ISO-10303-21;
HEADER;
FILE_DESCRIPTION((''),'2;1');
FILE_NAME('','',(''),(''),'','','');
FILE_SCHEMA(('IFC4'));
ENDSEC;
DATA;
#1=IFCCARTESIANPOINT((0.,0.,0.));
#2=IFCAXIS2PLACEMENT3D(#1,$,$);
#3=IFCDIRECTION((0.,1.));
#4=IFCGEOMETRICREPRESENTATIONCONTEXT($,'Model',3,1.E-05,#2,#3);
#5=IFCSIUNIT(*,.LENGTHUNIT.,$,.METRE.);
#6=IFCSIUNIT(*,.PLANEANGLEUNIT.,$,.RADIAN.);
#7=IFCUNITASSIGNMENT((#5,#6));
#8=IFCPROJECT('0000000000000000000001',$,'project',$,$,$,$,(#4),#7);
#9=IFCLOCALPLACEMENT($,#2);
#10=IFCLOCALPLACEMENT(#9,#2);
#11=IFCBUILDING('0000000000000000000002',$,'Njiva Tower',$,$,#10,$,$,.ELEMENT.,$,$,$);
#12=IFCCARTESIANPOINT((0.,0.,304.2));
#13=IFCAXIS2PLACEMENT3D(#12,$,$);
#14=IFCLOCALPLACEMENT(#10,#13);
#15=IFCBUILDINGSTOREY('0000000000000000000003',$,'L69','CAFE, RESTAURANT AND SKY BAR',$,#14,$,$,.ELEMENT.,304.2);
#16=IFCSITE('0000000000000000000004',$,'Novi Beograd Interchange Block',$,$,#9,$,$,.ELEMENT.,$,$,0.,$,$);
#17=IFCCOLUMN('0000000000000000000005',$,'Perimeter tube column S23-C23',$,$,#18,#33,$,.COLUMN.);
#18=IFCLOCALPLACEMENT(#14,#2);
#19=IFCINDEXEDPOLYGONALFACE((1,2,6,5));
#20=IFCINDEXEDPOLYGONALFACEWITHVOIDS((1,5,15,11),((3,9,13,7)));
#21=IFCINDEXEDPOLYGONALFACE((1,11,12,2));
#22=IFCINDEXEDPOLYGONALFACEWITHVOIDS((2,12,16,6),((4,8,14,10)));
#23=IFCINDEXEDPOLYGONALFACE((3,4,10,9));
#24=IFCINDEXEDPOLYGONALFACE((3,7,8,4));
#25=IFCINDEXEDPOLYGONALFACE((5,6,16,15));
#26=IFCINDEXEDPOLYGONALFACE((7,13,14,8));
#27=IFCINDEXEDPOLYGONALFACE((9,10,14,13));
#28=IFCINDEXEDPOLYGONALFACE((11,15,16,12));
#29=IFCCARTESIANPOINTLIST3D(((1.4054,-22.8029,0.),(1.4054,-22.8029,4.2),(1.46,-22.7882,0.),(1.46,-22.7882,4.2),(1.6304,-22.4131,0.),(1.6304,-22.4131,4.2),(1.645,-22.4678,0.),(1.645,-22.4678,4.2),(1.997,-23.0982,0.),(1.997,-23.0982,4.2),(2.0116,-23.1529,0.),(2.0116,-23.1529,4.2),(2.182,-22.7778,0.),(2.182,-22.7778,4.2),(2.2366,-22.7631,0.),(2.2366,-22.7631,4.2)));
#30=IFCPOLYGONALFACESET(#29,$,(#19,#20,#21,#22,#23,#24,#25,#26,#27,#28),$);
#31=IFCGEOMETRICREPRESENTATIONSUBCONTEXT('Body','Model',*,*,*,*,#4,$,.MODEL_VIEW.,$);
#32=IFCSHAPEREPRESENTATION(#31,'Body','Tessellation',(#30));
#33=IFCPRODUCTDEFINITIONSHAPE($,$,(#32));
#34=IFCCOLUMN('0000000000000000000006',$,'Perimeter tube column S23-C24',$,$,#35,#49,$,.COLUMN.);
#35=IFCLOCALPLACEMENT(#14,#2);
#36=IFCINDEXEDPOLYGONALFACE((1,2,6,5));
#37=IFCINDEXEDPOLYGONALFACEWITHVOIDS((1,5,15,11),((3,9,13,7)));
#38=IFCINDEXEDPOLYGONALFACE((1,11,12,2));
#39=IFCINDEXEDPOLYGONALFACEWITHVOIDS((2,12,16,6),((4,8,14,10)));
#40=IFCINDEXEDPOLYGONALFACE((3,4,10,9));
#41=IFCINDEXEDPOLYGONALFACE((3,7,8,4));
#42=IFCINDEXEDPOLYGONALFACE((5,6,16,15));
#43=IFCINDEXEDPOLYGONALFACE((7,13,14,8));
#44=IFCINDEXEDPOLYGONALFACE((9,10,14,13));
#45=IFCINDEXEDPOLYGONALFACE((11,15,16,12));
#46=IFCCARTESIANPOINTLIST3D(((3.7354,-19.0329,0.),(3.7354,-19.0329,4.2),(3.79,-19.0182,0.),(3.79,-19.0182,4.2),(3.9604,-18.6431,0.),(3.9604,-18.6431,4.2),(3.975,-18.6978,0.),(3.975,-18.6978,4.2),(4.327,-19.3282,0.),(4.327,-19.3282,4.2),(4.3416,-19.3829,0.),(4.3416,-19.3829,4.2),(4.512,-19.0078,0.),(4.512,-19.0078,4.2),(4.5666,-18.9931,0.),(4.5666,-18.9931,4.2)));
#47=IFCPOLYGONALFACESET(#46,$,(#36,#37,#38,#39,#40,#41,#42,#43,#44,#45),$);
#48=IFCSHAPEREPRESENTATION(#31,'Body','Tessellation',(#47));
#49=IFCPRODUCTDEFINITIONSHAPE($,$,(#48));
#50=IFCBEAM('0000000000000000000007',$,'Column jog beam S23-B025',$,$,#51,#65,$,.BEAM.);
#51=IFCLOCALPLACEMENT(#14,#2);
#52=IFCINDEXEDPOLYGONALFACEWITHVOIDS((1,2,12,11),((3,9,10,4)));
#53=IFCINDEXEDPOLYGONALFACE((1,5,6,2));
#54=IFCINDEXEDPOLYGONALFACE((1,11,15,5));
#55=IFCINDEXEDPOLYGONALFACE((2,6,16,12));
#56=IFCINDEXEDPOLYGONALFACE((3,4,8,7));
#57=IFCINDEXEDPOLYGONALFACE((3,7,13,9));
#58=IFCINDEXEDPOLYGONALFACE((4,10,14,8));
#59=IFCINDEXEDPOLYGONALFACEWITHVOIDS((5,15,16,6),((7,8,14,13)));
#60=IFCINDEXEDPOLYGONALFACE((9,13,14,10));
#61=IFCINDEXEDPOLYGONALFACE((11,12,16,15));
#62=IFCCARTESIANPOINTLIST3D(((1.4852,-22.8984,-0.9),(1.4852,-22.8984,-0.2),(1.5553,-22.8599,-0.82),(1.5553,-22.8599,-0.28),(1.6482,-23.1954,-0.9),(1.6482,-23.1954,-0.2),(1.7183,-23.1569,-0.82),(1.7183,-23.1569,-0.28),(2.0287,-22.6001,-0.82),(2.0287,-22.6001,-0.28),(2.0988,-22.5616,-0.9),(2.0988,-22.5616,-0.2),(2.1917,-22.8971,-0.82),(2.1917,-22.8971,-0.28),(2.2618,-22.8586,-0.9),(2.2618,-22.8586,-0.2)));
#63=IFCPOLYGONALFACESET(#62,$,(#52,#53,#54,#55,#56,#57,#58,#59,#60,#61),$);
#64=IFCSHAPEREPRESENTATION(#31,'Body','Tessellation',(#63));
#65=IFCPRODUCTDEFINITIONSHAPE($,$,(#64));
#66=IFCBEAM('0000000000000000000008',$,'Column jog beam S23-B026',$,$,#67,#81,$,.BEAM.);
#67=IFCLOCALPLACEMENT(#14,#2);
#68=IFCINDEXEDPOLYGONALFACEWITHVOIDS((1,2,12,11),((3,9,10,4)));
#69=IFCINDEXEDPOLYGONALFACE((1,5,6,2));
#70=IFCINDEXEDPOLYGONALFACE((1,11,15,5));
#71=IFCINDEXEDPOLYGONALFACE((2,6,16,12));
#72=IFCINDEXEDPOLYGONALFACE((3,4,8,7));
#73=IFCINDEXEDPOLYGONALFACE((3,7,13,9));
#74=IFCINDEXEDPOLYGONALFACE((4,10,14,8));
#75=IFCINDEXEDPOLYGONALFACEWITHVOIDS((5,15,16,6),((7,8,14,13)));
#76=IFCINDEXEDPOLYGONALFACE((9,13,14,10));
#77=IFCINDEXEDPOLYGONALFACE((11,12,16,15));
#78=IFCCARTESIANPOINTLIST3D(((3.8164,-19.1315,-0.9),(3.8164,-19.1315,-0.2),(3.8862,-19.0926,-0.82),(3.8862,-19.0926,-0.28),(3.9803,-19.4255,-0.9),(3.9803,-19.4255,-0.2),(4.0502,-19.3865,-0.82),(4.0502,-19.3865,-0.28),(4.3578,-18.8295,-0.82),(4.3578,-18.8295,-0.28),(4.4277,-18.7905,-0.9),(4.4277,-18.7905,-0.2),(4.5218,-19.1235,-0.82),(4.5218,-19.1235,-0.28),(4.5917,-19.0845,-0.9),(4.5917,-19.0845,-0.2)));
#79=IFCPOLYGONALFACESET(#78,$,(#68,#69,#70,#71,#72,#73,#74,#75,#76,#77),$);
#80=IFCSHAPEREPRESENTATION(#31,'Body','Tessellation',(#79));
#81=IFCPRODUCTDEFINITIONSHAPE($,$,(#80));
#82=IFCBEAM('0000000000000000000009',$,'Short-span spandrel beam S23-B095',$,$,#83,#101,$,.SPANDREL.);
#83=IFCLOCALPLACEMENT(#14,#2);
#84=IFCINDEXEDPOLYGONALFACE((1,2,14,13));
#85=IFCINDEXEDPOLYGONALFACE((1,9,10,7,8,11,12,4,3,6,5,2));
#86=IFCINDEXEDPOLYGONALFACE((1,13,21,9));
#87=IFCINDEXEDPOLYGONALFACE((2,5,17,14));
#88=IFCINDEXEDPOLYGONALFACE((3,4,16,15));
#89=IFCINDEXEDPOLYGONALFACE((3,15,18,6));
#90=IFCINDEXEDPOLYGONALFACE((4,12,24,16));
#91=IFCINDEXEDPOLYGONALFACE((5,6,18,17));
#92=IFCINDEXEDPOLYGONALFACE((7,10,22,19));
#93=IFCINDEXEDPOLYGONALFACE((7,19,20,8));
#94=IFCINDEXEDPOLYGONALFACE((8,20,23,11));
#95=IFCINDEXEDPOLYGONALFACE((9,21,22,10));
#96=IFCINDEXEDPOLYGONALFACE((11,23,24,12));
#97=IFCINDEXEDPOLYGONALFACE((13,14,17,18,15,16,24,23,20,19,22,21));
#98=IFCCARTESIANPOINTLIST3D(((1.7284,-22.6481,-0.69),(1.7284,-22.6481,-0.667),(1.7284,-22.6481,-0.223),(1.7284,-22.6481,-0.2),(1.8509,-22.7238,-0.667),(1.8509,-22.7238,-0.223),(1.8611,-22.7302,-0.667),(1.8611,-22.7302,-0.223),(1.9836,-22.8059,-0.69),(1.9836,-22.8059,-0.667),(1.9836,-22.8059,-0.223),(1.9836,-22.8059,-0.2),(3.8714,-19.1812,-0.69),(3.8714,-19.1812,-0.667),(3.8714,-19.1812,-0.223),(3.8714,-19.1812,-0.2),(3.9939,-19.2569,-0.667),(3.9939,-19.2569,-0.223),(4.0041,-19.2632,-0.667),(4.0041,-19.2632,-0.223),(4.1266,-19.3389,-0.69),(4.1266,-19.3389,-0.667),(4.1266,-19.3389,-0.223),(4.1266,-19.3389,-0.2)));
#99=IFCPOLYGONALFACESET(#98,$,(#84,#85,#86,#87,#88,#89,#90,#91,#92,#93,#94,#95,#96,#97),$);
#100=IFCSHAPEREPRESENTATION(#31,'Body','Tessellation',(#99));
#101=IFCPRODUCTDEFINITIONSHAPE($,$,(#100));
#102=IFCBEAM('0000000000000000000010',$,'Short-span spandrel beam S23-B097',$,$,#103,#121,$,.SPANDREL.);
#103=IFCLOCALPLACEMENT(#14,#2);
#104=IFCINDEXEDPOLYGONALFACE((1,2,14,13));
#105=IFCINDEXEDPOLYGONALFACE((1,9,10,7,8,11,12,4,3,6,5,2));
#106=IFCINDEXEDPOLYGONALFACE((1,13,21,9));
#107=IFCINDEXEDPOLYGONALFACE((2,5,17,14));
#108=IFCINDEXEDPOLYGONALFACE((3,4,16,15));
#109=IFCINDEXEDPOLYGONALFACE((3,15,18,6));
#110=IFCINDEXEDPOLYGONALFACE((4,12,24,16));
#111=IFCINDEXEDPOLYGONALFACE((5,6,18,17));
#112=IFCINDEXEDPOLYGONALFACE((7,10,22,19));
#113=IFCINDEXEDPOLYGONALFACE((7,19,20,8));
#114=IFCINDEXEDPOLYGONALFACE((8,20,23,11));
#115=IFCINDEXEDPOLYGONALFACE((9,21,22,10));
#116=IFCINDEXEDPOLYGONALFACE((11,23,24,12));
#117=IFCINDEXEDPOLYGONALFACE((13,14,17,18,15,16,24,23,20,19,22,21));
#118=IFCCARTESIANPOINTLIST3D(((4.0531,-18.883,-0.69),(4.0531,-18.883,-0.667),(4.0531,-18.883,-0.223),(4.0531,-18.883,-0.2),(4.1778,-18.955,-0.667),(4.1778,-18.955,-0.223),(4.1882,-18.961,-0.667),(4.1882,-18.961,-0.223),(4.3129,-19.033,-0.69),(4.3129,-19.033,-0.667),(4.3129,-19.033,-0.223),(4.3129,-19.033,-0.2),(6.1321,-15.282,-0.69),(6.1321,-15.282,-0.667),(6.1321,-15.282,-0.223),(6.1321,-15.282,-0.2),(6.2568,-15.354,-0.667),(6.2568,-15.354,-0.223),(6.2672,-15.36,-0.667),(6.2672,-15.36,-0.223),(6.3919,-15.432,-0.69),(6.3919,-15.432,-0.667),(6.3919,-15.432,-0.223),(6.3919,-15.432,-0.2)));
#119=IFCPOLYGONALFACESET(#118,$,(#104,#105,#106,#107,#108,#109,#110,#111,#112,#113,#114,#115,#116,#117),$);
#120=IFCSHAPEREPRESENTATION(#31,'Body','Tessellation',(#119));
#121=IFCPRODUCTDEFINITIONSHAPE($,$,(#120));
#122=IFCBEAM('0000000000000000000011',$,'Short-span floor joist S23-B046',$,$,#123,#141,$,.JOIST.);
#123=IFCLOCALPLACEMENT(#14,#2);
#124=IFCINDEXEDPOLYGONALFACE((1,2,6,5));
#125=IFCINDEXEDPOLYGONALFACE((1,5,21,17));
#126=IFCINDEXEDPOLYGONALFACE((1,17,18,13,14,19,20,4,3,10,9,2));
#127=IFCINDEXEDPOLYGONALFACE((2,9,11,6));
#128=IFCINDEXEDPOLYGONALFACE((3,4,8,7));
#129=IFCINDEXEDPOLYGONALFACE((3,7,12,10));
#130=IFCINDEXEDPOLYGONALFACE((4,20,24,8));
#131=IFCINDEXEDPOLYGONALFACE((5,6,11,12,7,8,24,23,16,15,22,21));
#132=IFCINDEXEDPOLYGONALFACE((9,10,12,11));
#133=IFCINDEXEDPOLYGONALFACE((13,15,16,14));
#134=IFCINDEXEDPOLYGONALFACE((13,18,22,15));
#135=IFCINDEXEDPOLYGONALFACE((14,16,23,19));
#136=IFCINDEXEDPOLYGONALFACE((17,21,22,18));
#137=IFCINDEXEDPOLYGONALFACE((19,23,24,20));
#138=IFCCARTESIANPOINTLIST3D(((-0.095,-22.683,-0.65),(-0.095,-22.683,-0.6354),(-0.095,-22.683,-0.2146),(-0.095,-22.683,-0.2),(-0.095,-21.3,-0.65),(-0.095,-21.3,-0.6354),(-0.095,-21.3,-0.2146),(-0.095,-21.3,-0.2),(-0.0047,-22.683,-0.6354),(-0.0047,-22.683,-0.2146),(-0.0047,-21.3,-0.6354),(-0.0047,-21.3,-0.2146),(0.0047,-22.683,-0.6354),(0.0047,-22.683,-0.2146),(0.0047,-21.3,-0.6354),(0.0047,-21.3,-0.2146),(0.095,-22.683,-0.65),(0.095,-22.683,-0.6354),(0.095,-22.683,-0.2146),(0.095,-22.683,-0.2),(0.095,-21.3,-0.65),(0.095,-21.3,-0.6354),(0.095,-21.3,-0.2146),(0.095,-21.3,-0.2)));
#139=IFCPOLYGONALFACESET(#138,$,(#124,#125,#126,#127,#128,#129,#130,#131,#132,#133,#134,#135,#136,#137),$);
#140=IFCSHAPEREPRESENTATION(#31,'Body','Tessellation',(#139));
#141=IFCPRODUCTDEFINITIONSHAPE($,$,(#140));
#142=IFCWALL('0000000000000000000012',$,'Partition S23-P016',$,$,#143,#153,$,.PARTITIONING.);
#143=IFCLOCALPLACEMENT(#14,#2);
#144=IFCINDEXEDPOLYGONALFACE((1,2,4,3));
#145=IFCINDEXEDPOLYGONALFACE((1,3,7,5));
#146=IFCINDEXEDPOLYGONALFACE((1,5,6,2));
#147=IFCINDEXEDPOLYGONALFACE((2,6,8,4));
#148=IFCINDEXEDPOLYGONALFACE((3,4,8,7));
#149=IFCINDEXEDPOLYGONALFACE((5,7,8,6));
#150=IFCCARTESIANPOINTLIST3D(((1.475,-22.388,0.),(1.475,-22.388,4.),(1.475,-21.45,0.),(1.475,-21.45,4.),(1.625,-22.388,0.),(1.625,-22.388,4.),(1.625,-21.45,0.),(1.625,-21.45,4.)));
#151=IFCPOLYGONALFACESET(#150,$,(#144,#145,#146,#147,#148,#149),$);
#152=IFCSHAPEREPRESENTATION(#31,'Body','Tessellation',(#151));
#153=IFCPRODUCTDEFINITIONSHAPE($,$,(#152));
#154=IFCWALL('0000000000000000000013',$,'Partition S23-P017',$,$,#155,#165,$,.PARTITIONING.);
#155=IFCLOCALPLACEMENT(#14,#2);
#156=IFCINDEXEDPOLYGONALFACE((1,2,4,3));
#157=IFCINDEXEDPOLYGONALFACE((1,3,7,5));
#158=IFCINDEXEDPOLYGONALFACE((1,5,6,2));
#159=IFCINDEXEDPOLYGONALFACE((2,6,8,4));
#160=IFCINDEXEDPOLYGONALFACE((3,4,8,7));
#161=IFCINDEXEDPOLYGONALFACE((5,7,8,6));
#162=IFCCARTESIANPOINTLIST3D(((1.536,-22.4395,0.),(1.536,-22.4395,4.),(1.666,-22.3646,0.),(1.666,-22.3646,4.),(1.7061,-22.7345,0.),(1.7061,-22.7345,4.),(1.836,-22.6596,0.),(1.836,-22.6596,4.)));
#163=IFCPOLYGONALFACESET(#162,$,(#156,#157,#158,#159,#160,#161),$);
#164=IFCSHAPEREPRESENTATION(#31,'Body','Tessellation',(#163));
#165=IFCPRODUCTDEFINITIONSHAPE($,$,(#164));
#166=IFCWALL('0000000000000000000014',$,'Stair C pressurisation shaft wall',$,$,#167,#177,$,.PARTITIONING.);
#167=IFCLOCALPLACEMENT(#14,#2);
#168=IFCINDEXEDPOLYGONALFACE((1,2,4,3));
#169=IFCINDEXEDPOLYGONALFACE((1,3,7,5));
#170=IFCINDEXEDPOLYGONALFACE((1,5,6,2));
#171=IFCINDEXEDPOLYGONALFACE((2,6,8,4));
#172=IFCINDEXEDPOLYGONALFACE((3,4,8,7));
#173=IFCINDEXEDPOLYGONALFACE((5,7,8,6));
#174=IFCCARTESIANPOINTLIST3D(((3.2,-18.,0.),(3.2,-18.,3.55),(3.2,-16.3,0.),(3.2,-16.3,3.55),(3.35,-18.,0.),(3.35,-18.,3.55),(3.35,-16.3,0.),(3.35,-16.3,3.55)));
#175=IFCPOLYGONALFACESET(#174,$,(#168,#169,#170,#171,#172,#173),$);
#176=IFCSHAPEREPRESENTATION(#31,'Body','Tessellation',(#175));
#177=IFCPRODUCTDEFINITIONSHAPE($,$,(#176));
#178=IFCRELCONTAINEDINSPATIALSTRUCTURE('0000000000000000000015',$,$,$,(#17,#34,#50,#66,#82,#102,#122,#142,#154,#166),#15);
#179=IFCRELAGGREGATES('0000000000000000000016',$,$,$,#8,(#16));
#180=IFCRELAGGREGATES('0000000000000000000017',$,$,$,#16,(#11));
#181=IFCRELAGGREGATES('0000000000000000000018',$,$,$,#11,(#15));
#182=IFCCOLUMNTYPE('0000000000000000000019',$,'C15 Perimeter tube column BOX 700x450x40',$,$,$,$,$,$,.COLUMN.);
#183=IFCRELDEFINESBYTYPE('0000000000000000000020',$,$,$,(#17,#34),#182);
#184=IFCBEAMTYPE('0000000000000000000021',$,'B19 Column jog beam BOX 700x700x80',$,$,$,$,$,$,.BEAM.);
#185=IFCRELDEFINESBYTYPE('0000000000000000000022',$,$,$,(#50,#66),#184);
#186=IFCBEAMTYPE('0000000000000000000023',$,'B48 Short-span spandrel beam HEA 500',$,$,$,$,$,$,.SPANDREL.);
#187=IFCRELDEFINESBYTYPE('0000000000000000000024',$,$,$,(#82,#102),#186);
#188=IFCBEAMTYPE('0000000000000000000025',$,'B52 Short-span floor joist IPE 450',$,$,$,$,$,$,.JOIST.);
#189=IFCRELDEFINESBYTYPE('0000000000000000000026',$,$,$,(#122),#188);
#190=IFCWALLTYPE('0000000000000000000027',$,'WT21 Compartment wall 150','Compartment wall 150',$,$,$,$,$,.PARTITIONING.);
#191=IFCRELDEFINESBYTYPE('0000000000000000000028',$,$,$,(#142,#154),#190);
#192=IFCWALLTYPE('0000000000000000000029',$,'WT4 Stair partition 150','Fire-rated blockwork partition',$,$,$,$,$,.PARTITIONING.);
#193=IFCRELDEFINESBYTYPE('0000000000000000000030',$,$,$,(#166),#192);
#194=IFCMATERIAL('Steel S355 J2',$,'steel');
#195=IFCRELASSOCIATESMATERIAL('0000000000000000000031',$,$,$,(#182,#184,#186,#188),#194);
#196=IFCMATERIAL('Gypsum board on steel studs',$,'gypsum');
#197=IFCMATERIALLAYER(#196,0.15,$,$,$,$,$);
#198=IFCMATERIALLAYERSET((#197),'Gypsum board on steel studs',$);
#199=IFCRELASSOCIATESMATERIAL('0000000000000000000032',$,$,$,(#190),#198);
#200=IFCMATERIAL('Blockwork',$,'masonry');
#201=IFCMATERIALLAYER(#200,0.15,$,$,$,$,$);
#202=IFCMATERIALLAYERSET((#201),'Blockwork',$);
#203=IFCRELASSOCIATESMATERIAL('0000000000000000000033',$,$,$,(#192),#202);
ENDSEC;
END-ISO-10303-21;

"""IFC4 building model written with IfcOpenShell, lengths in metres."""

from ifc_helpers import new_model, si_unit, direction, frame, frame_2d, origin, origin_2d, place, context, subcontext, project, spatial, rectangle, hollow_rectangle, i_section, extrude, material, layer, layer_set, material_profile, profile_set, type_object, element, save


model = new_model("IFC4")

# Units and contexts
model_context = context("Model", 3, precision=1e-05, world=origin(), true_north=direction((0.0, 1.0)))
body_context = subcontext(model_context, "Body", "Model", "MODEL_VIEW")
ifc_project = project(units=[si_unit("LENGTHUNIT", "METRE"), si_unit("PLANEANGLEUNIT", "RADIAN")], contexts=[model_context])

# Site, building, storey
site_placement = place(None, origin())
site = spatial("IfcSite", under=ifc_project, at=site_placement, Name="Novi Beograd Interchange Block", CompositionType="ELEMENT", RefElevation=0.0)
building_placement = place(site_placement, origin())
building = spatial("IfcBuilding", under=site, at=building_placement, Name="Njiva Tower", CompositionType="ELEMENT")
storey_placement = place(building_placement, frame((0.0, 0.0, 304.2)))
storey = spatial("IfcBuildingStorey", under=building, at=storey_placement, Name="L69", Description="CAFE, RESTAURANT AND SKY BAR", CompositionType="ELEMENT", Elevation=304.2)

# Columns
ifc_material_1 = material(Name="Steel S355 J2", Category="steel")
ifc_material_profile_1 = material_profile(ifc_material_1, hollow_rectangle(XDim=0.45, YDim=0.7, WallThickness=0.04, at=origin_2d()), Name="BOX 700x450x40")
ifc_profile_set_1 = profile_set([ifc_material_profile_1], Name="Steel S355 J2")
column_type = type_object("IfcColumnType", Name="C15 Perimeter tube column BOX 700x450x40", PredefinedType="COLUMN", material=ifc_profile_set_1)
for number, where, z_axis, x_axis, name in (
    (1, (1.821, -22.783, 0.0), (0.0, 0.0, 1.0), (0.5, 0.866025, 0.0), "Perimeter tube column S23-C23"),
    (2, (4.151, -19.013, 0.0), (0.0, 0.0, 1.0), (0.5, 0.866025, 0.0), "Perimeter tube column S23-C24"),
):
    element("IfcColumn", number, at=place(storey_placement, frame(where, z_axis=z_axis, x_axis=x_axis)), inside=storey, type_object=column_type, Name=name, PredefinedType="COLUMN", context=body_context, shape_type="SweptSolid", body=[
        extrude(hollow_rectangle(XDim=0.45, YDim=0.7, WallThickness=0.04, at=origin_2d()), origin(), (0.0, 0.0, 1.0), 4.2),
    ])

# Beams
ifc_material_profile_2 = material_profile(ifc_material_1, hollow_rectangle(XDim=0.7, YDim=0.7, WallThickness=0.08, at=origin_2d()), Name="BOX 700x700x80")
ifc_profile_set_2 = profile_set([ifc_material_profile_2], Name="Steel S355 J2")
beam_type_1 = type_object("IfcBeamType", Name="B19 Column jog beam BOX 700x700x80", PredefinedType="BEAM", material=ifc_profile_set_2)
beam_1_placement = place(storey_placement, frame((1.955, -23.027, -0.55), z_axis=(-0.481125, 0.876652, 0.0), x_axis=(-0.876652, -0.481125, 0.0)))
element("IfcBeam", 3, at=beam_1_placement, inside=storey, type_object=beam_type_1, Name="Column jog beam S23-B025", PredefinedType="BEAM", context=body_context, shape_type="SweptSolid", body=[
    extrude(hollow_rectangle(XDim=0.7, YDim=0.7, WallThickness=0.08, at=origin_2d()), origin(), (0.0, 0.0, 1.0), 0.3388),
])
beam_2_placement = place(storey_placement, frame((4.286, -19.255, -0.55), z_axis=(-0.487155, 0.873315, 0.0), x_axis=(-0.873315, -0.487155, 0.0)))
element("IfcBeam", 4, at=beam_2_placement, inside=storey, type_object=beam_type_1, Name="Column jog beam S23-B026", PredefinedType="BEAM", context=body_context, shape_type="SweptSolid", body=[
    extrude(hollow_rectangle(XDim=0.7, YDim=0.7, WallThickness=0.08, at=origin_2d()), origin(), (0.0, 0.0, 1.0), 0.3366),
])
ifc_material_profile_3 = material_profile(ifc_material_1, i_section(OverallWidth=0.3, OverallDepth=0.49, WebThickness=0.012, FlangeThickness=0.023, at=origin_2d()), Name="HEA 500")
ifc_profile_set_3 = profile_set([ifc_material_profile_3], Name="Steel S355 J2")
beam_type_2 = type_object("IfcBeamType", Name="B48 Short-span spandrel beam HEA 500", PredefinedType="SPANDREL", material=ifc_profile_set_3)
beam_3_placement = place(storey_placement, frame((1.856, -22.727, -0.445), z_axis=(0.52578, 0.850621, 0.0), x_axis=(-0.850621, 0.52578, 0.0)))
element("IfcBeam", 5, at=beam_3_placement, inside=storey, type_object=beam_type_2, Name="Short-span spandrel beam S23-B095", PredefinedType="SPANDREL", context=body_context, shape_type="SweptSolid", body=[
    extrude(i_section(OverallWidth=0.3, OverallDepth=0.49, WebThickness=0.012, FlangeThickness=0.023, at=origin_2d()), origin(), (0.0, 0.0, 1.0), 4.0758),
])
beam_4_placement = place(storey_placement, frame((4.183, -18.958, -0.445), z_axis=(0.499993, 0.866029, 0.0), x_axis=(-0.866029, 0.499993, 0.0)))
element("IfcBeam", 6, at=beam_4_placement, inside=storey, type_object=beam_type_2, Name="Short-span spandrel beam S23-B097", PredefinedType="SPANDREL", context=body_context, shape_type="SweptSolid", body=[
    extrude(i_section(OverallWidth=0.3, OverallDepth=0.49, WebThickness=0.012, FlangeThickness=0.023, at=origin_2d()), origin(), (0.0, 0.0, 1.0), 4.1581),
])
ifc_material_profile_4 = material_profile(ifc_material_1, i_section(OverallWidth=0.19, OverallDepth=0.45, WebThickness=0.0094, FlangeThickness=0.0146, at=origin_2d()), Name="IPE 450")
ifc_profile_set_4 = profile_set([ifc_material_profile_4], Name="Steel S355 J2")
beam_type_3 = type_object("IfcBeamType", Name="B52 Short-span floor joist IPE 450", PredefinedType="JOIST", material=ifc_profile_set_4)
beam_5_placement = place(storey_placement, frame((0.0, -21.3, -0.425), z_axis=(0.0, -1.0, 0.0), x_axis=(1.0, 0.0, 0.0)))
element("IfcBeam", 7, at=beam_5_placement, inside=storey, type_object=beam_type_3, Name="Short-span floor joist S23-B046", PredefinedType="JOIST", context=body_context, shape_type="SweptSolid", body=[
    extrude(i_section(OverallWidth=0.19, OverallDepth=0.45, WebThickness=0.0094, FlangeThickness=0.0146, at=origin_2d()), origin(), (0.0, 0.0, 1.0), 1.383),
])

# Walls
ifc_material_2 = material(Name="Gypsum board on steel studs", Category="gypsum")
ifc_layer_1 = layer(ifc_material_2, 0.15)
ifc_layer_set_1 = layer_set([ifc_layer_1], Name="Gypsum board on steel studs")
wall_type_1 = type_object("IfcWallType", Name="WT21 Compartment wall 150", Description="Compartment wall 150", PredefinedType="PARTITIONING", material=ifc_layer_set_1)
wall_1_placement = place(storey_placement, frame((1.55, -22.388, 0.0), z_axis=(0.0, 0.0, 1.0), x_axis=(0.0, 1.0, 0.0)))
element("IfcWall", 8, at=wall_1_placement, inside=storey, type_object=wall_type_1, Name="Partition S23-P016", PredefinedType="PARTITIONING", context=body_context, shape_type="SweptSolid", body=[
    extrude(rectangle(XDim=0.938, YDim=0.15, at=frame_2d((0.469, 0.0))), origin(), (0.0, 0.0, 1.0), 4.0),
])
wall_2_placement = place(storey_placement, frame((1.601, -22.402, 0.0), z_axis=(0.0, 0.0, 1.0), x_axis=(0.499299, -0.86643, 0.0)))
element("IfcWall", 9, at=wall_2_placement, inside=storey, type_object=wall_type_1, Name="Partition S23-P017", PredefinedType="PARTITIONING", context=body_context, shape_type="SweptSolid", body=[
    extrude(rectangle(XDim=0.3405, YDim=0.15, at=frame_2d((0.1703, 0.0))), origin(), (0.0, 0.0, 1.0), 4.0),
])
ifc_material_3 = material(Name="Blockwork", Category="masonry")
ifc_layer_2 = layer(ifc_material_3, 0.15)
ifc_layer_set_2 = layer_set([ifc_layer_2], Name="Blockwork")
wall_type_2 = type_object("IfcWallType", Name="WT4 Stair partition 150", Description="Fire-rated blockwork partition", PredefinedType="PARTITIONING", material=ifc_layer_set_2)
wall_3_placement = place(storey_placement, frame((3.275, -18.0, 0.0), z_axis=(0.0, 0.0, 1.0), x_axis=(0.0, 1.0, 0.0)))
element("IfcWall", 10, at=wall_3_placement, inside=storey, type_object=wall_type_2, Name="Stair C pressurisation shaft wall", PredefinedType="PARTITIONING", context=body_context, shape_type="SweptSolid", body=[
    extrude(rectangle(XDim=1.7, YDim=0.15, at=frame_2d((0.85, 0.0))), origin(), (0.0, 0.0, 1.0), 3.55),
])

save(model, "model.ifc")
